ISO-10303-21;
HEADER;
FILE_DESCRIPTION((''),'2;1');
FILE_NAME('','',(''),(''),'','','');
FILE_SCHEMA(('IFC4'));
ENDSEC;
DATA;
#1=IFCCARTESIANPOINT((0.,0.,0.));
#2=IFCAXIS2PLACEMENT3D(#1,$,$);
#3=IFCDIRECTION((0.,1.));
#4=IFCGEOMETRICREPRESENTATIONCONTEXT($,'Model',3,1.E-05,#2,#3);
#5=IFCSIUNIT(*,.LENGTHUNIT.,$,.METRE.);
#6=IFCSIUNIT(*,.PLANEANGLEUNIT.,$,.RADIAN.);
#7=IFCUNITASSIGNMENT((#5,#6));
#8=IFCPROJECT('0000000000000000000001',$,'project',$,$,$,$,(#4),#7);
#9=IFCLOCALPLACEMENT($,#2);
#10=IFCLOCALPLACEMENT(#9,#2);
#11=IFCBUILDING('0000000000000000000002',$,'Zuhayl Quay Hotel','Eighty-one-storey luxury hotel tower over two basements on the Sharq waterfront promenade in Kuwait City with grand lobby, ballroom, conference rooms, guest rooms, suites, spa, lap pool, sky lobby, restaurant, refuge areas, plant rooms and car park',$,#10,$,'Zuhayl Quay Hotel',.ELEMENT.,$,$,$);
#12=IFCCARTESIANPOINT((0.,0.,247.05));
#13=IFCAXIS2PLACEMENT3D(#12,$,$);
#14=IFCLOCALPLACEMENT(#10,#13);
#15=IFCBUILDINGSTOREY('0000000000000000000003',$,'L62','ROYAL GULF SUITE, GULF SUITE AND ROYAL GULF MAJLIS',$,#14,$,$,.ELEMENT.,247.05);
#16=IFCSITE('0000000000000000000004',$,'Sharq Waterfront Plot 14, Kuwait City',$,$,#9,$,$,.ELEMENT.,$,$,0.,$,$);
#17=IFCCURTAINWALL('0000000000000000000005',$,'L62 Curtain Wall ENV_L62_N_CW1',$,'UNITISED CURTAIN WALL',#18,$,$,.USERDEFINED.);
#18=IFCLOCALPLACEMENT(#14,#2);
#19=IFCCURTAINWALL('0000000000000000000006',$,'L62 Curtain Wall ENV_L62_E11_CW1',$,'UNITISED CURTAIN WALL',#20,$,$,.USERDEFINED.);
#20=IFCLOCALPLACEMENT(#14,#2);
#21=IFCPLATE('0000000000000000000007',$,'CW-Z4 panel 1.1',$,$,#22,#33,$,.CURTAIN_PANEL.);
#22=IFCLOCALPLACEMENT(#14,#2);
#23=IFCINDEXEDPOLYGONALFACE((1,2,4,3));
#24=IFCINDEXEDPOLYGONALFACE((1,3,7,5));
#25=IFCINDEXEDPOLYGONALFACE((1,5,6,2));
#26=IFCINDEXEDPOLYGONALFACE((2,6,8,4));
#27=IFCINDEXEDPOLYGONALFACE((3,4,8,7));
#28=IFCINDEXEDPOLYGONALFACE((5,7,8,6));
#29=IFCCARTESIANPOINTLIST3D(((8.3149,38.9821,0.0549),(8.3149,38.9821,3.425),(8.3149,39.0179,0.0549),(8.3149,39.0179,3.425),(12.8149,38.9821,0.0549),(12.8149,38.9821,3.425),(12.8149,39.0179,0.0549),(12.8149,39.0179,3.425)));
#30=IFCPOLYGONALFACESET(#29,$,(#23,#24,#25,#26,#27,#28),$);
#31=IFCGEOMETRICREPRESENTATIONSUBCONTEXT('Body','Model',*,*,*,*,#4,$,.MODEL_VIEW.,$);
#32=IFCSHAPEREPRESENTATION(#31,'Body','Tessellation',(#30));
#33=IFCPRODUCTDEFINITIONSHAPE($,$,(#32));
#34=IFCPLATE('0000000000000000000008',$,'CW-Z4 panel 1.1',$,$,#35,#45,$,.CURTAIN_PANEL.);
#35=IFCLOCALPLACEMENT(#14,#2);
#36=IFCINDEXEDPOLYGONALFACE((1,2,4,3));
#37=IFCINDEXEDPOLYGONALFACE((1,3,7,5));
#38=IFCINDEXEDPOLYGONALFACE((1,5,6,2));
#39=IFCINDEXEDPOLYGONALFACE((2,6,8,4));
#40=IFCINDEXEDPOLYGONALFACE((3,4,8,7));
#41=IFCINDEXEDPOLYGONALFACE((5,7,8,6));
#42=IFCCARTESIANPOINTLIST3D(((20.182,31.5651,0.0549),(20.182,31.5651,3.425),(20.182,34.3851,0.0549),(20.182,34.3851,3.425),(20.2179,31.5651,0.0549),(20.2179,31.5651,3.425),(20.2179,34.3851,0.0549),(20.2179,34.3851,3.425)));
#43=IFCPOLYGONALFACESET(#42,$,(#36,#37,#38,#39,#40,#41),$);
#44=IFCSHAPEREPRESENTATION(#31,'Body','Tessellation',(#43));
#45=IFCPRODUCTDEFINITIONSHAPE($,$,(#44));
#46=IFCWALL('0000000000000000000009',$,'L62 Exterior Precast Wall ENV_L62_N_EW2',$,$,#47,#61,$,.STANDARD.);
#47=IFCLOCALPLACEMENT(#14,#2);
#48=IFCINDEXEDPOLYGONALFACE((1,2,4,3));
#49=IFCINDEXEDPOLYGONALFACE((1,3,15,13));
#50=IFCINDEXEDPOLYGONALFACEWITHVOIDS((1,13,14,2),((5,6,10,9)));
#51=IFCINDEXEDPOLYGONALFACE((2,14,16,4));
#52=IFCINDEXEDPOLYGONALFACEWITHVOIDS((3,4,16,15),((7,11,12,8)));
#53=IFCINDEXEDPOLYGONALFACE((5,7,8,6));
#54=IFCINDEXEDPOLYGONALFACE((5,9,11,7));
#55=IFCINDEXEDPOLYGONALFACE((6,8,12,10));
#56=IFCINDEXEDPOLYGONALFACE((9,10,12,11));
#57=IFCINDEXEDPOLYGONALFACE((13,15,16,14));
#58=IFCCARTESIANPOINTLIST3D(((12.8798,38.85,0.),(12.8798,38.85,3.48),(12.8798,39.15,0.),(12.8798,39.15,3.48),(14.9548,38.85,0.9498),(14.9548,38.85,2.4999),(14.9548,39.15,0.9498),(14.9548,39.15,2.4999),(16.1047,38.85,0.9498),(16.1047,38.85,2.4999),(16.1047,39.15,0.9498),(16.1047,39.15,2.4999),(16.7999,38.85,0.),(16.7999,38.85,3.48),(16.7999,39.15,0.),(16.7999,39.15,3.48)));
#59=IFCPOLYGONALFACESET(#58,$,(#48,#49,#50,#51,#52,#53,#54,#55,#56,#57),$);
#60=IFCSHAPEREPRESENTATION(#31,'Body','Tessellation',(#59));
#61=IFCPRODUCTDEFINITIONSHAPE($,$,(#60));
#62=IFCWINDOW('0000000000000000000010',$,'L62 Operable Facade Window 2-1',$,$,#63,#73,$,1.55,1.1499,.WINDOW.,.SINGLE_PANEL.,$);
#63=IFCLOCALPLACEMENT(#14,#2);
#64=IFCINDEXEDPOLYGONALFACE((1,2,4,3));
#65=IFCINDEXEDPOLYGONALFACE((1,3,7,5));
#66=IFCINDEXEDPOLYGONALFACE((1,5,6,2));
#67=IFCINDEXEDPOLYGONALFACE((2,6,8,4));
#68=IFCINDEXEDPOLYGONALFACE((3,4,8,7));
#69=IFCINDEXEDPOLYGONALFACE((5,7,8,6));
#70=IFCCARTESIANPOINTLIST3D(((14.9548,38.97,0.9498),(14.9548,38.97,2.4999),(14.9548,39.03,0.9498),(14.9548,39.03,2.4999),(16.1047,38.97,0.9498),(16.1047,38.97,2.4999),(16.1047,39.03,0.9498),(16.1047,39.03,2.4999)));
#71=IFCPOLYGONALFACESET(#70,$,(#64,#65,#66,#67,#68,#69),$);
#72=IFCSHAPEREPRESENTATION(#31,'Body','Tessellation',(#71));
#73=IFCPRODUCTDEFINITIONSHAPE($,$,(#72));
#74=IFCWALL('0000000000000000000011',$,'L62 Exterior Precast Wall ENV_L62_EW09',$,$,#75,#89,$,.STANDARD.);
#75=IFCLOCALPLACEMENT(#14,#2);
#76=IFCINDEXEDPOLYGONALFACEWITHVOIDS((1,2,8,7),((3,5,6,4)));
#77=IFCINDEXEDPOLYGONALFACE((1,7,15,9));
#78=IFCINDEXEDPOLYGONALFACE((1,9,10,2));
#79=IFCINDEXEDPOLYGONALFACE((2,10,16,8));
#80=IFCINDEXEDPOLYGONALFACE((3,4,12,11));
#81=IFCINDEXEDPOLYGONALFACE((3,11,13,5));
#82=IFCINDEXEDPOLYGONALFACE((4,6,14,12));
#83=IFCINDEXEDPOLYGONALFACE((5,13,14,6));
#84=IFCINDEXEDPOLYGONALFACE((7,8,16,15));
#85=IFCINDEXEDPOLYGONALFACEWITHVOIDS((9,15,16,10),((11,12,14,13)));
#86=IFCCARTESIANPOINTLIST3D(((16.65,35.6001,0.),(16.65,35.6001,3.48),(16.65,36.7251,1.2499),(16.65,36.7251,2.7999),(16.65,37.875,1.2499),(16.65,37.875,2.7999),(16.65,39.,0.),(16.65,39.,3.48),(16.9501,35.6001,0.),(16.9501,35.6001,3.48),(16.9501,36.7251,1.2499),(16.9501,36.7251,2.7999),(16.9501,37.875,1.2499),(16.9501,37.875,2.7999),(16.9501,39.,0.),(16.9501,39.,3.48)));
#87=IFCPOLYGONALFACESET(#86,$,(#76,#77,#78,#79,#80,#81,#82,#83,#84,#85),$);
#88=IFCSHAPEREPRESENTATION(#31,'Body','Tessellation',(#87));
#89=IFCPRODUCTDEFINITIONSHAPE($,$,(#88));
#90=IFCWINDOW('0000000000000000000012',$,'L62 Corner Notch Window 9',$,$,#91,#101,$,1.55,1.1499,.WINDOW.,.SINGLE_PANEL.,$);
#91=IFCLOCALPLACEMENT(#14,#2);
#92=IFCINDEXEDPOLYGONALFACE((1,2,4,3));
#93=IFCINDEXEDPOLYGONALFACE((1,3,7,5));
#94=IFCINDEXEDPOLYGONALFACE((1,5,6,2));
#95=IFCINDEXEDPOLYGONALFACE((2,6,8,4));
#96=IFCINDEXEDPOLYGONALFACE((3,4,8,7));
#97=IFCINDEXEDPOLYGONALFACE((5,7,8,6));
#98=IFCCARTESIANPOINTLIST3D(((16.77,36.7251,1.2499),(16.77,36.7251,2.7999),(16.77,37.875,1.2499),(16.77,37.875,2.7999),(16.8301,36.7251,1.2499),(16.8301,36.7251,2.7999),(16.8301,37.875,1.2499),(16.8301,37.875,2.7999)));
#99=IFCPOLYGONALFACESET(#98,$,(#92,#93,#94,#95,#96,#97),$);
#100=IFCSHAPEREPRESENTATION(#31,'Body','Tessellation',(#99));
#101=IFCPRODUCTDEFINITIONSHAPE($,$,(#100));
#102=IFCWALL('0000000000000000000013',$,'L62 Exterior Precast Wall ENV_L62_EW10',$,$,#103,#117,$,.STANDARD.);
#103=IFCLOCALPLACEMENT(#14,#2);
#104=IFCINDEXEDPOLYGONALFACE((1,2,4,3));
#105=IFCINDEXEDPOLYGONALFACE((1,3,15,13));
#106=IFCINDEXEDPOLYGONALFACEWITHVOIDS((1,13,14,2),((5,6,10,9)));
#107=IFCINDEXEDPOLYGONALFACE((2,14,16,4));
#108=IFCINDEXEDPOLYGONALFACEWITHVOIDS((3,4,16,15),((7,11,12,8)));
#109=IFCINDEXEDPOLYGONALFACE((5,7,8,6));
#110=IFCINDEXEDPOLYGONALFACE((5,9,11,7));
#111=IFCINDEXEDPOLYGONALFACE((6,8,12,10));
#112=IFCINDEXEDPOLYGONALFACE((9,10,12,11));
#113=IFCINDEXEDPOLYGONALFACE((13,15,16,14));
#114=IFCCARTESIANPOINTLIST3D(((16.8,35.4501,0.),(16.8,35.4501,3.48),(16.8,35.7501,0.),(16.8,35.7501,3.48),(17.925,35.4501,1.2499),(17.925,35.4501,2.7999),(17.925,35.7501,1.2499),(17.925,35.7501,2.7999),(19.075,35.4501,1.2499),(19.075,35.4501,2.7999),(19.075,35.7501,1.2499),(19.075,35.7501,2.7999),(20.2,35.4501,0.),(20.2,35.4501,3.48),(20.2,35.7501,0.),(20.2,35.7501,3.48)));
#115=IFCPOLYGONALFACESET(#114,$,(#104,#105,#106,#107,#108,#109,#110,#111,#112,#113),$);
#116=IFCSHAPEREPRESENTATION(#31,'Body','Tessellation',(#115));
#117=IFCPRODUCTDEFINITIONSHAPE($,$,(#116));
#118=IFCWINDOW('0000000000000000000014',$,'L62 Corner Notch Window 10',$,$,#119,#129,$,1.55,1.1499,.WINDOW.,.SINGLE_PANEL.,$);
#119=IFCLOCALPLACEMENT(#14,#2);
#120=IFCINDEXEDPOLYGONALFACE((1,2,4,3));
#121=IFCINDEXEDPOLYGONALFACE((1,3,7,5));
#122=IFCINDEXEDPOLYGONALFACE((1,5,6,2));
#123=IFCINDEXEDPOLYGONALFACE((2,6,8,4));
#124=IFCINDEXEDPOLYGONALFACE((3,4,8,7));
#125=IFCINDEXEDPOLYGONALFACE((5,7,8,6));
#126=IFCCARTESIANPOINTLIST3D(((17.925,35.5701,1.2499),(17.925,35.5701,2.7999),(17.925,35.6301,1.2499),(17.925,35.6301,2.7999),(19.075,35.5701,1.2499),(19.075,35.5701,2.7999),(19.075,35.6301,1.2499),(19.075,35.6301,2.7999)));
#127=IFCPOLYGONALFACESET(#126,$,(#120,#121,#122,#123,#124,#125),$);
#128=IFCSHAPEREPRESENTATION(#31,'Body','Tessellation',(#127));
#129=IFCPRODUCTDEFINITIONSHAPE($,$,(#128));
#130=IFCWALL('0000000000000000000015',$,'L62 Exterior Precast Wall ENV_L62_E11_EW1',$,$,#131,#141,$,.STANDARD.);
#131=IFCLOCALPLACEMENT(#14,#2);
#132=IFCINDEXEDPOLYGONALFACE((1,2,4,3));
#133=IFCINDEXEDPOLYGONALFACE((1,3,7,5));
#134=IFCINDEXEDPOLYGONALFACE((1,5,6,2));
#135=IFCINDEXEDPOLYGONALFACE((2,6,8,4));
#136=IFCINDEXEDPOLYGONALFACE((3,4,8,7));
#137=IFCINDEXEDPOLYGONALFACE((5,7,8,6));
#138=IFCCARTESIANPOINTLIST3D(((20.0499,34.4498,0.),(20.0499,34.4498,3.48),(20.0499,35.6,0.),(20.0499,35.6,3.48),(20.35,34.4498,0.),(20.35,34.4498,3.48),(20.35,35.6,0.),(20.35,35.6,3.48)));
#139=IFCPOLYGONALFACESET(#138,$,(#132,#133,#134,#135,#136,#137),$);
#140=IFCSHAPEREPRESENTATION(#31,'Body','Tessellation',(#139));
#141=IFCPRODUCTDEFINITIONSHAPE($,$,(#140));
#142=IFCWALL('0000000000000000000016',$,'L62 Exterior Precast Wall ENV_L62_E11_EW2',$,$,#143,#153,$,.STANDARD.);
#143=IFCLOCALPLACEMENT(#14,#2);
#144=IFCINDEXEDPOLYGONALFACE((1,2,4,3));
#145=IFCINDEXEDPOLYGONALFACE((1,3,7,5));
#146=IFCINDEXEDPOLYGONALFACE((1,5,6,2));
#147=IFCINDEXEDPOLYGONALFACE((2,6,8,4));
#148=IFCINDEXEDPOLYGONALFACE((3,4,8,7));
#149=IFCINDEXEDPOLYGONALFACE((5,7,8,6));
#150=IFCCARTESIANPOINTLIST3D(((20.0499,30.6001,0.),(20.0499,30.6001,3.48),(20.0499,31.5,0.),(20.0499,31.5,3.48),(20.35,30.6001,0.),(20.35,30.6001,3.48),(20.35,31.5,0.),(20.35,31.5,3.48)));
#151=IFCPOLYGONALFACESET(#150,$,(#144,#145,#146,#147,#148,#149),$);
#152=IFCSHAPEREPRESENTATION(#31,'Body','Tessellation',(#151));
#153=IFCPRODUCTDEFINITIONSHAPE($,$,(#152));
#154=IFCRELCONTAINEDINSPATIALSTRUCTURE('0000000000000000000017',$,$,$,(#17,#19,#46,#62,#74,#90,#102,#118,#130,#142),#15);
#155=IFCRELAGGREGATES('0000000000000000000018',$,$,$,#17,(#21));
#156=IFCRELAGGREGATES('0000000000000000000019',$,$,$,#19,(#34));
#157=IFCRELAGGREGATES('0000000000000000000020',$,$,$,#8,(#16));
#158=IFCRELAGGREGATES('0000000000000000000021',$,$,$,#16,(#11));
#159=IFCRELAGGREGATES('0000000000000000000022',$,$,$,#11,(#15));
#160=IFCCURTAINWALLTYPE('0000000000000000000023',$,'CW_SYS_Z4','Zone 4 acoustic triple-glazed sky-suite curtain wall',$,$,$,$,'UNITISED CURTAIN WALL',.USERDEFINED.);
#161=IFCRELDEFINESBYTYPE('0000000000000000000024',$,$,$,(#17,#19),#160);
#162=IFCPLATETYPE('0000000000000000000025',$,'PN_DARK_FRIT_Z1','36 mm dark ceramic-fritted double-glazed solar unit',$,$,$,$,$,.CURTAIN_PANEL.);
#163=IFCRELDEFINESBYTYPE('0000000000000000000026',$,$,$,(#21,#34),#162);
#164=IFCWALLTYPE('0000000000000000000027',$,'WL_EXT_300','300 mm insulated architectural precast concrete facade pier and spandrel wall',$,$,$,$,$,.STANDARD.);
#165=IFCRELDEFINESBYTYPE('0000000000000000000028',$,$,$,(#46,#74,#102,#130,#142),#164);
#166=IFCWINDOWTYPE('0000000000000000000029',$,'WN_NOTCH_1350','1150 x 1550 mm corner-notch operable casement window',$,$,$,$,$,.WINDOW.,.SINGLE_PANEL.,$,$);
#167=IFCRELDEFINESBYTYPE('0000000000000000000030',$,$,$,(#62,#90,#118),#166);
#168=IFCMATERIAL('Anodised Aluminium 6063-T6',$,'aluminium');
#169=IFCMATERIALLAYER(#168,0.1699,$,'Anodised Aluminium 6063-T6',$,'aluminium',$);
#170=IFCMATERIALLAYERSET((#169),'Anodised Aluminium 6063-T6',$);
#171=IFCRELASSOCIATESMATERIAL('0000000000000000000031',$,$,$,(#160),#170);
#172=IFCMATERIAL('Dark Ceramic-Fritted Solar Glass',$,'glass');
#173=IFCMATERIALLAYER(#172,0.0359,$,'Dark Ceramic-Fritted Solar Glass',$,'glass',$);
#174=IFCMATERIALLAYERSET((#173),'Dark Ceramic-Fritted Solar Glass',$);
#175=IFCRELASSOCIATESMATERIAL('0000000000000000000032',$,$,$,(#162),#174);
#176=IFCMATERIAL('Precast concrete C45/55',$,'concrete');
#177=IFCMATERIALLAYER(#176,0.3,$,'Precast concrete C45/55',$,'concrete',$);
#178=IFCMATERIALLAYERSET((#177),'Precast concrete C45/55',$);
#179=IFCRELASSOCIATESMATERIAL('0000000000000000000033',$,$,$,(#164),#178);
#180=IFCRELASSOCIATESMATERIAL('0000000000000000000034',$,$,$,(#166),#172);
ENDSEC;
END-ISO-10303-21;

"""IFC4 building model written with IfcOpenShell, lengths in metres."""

from ifc_helpers import new_model, si_unit, direction, frame, frame_2d, origin, origin_2d, place, context, subcontext, project, spatial, rectangle, extrude, material, layer, layer_set, type_object, element, fill, aggregate, save


model = new_model("IFC4")

# Units and contexts
model_context = context("Model", 3, precision=1e-05, world=origin(), true_north=direction((0.0, 1.0)))
body_context = subcontext(model_context, "Body", "Model", "MODEL_VIEW")
ifc_project = project(units=[si_unit("LENGTHUNIT", "METRE"), si_unit("PLANEANGLEUNIT", "RADIAN")], contexts=[model_context])

# Site, building, storey
site_placement = place(None, origin())
site = spatial("IfcSite", under=ifc_project, at=site_placement, Name="Sharq Waterfront Plot 14, Kuwait City", CompositionType="ELEMENT", RefElevation=0.0)
building_placement = place(site_placement, origin())
building = spatial("IfcBuilding", under=site, at=building_placement, Name="Zuhayl Quay Hotel", Description="Eighty-one-storey luxury hotel tower over two basements on the Sharq waterfront promenade in Kuwait City with grand lobby, ballroom, conference rooms, guest rooms, suites, spa, lap pool, sky lobby, restaurant, refuge areas, plant rooms and car park", LongName="Zuhayl Quay Hotel", CompositionType="ELEMENT")
storey_placement = place(building_placement, frame((0.0, 0.0, 247.05)))
storey = spatial("IfcBuildingStorey", under=building, at=storey_placement, Name="L62", Description="ROYAL GULF SUITE, GULF SUITE AND ROYAL GULF MAJLIS", CompositionType="ELEMENT", Elevation=247.05)

# Curtain wall
ifc_material_1 = material(Name="Anodised Aluminium 6063-T6", Category="aluminium")
ifc_layer_1 = layer(ifc_material_1, 0.1699, Name="Anodised Aluminium 6063-T6", Category="aluminium")
ifc_layer_set_1 = layer_set([ifc_layer_1], Name="Anodised Aluminium 6063-T6")
curtain_wall_type = type_object("IfcCurtainWallType", Name="CW_SYS_Z4", Description="Zone 4 acoustic triple-glazed sky-suite curtain wall", ElementType="UNITISED CURTAIN WALL", PredefinedType="USERDEFINED", material=ifc_layer_set_1)
curtain_wall_1_placement = place(storey_placement, origin())
curtain_wall_1 = element("IfcCurtainWall", 1, at=curtain_wall_1_placement, inside=storey, type_object=curtain_wall_type, Name="L62 Curtain Wall ENV_L62_N_CW1", ObjectType="UNITISED CURTAIN WALL", PredefinedType="USERDEFINED")

# Curtain wall
curtain_wall_2_placement = place(storey_placement, origin())
curtain_wall_2 = element("IfcCurtainWall", 2, at=curtain_wall_2_placement, inside=storey, type_object=curtain_wall_type, Name="L62 Curtain Wall ENV_L62_E11_CW1", ObjectType="UNITISED CURTAIN WALL", PredefinedType="USERDEFINED")

# Plates
ifc_material_2 = material(Name="Dark Ceramic-Fritted Solar Glass", Category="glass")
ifc_layer_2 = layer(ifc_material_2, 0.0359, Name="Dark Ceramic-Fritted Solar Glass", Category="glass")
ifc_layer_set_2 = layer_set([ifc_layer_2], Name="Dark Ceramic-Fritted Solar Glass")
plate_type = type_object("IfcPlateType", Name="PN_DARK_FRIT_Z1", Description="36 mm dark ceramic-fritted double-glazed solar unit", PredefinedType="CURTAIN_PANEL", material=ifc_layer_set_2)
plate_1_placement = place(storey_placement, frame((10.5649, 39.0, 0.0549), z_axis=(0.0, 0.0, 1.0), x_axis=(1.0, 0.0, 0.0)))
plate_1 = element("IfcPlate", 3, at=plate_1_placement, type_object=plate_type, Name="CW-Z4 panel 1.1", PredefinedType="CURTAIN_PANEL", context=body_context, shape_type="SweptSolid", body=[
    extrude(rectangle(XDim=4.5, YDim=0.0359, at=origin_2d()), origin(), (0.0, 0.0, 1.0), 3.3701),
])
aggregate(curtain_wall_1, [plate_1])
plate_2_placement = place(storey_placement, frame((20.2, 32.9751, 0.0549), z_axis=(0.0, 0.0, 1.0), x_axis=(0.0, -1.0, 0.0)))
plate_2 = element("IfcPlate", 4, at=plate_2_placement, type_object=plate_type, Name="CW-Z4 panel 1.1", PredefinedType="CURTAIN_PANEL", context=body_context, shape_type="SweptSolid", body=[
    extrude(rectangle(XDim=2.8201, YDim=0.0359, at=origin_2d()), origin(), (0.0, 0.0, 1.0), 3.3701),
])
aggregate(curtain_wall_2, [plate_2])

# Walls, openings, windows
ifc_material_3 = material(Name="Precast concrete C45/55", Category="concrete")
ifc_layer_3 = layer(ifc_material_3, 0.3, Name="Precast concrete C45/55", Category="concrete")
ifc_layer_set_3 = layer_set([ifc_layer_3], Name="Precast concrete C45/55")
wall_type_1 = type_object("IfcWallType", Name="WL_EXT_300", Description="300 mm insulated architectural precast concrete facade pier and spandrel wall", PredefinedType="STANDARD", material=ifc_layer_set_3)
wall_1_placement = place(storey_placement, frame((12.8799, 39.0, 0.0), z_axis=(0.0, 0.0, 1.0), x_axis=(1.0, 0.0, 0.0)))
wall_1 = element("IfcWall", 5, at=wall_1_placement, inside=storey, type_object=wall_type_1, Name="L62 Exterior Precast Wall ENV_L62_N_EW2", PredefinedType="STANDARD", context=body_context, shape_type="SweptSolid", body=[
    extrude(rectangle(XDim=3.9202, YDim=0.3, at=frame_2d((1.96, 0.0))), origin(), (0.0, 0.0, 1.0), 3.48),
])
opening_1_placement = place(wall_1_placement, frame((2.075, 0.0, 0.95)))
opening_1 = element("IfcOpeningElement", 6, at=opening_1_placement, cuts=wall_1, PredefinedType="OPENING", context=body_context, shape_type="SweptSolid", body=[
    extrude(rectangle(XDim=1.1499, YDim=1.55, at=frame_2d((0.575, 0.7749))), frame((0.0, 0.1599, 0.0), z_axis=(0.0, -1.0, 0.0), x_axis=(1.0, 0.0, 0.0)), (0.0, 0.0, 1.0), 0.3201),
])
window_type = type_object("IfcWindowType", Name="WN_NOTCH_1350", Description="1150 x 1550 mm corner-notch operable casement window", PartitioningType="SINGLE_PANEL", PredefinedType="WINDOW", material=ifc_material_2)
window_1_placement = place(opening_1_placement, origin())
window_1 = element("IfcWindow", 7, at=window_1_placement, inside=storey, type_object=window_type, Name="L62 Operable Facade Window 2-1", OverallHeight=1.55, OverallWidth=1.1499, PartitioningType="SINGLE_PANEL", PredefinedType="WINDOW", context=body_context, shape_type="SweptSolid", body=[
    extrude(rectangle(XDim=1.1499, YDim=1.55, at=frame_2d((0.575, 0.7749))), frame((0.0, 0.03, 0.0), z_axis=(0.0, -1.0, 0.0), x_axis=(1.0, 0.0, 0.0)), (0.0, 0.0, 1.0), 0.0601),
])
fill(opening_1, window_1)
wall_2_placement = place(storey_placement, frame((16.8, 39.0, 0.0), z_axis=(0.0, 0.0, 1.0), x_axis=(0.0, -1.0, 0.0)))
wall_2 = element("IfcWall", 8, at=wall_2_placement, inside=storey, type_object=wall_type_1, Name="L62 Exterior Precast Wall ENV_L62_EW09", PredefinedType="STANDARD", context=body_context, shape_type="SweptSolid", body=[
    extrude(rectangle(XDim=3.3999, YDim=0.3, at=frame_2d((1.7, 0.0))), origin(), (0.0, 0.0, 1.0), 3.48),
])
opening_2_placement = place(wall_2_placement, frame((1.125, 0.0, 1.25)))
opening_2 = element("IfcOpeningElement", 9, at=opening_2_placement, cuts=wall_2, PredefinedType="OPENING", context=body_context, shape_type="SweptSolid", body=[
    extrude(rectangle(XDim=1.1499, YDim=1.55, at=frame_2d((0.575, 0.7749))), frame((0.0, 0.1599, 0.0), z_axis=(0.0, -1.0, 0.0), x_axis=(1.0, 0.0, 0.0)), (0.0, 0.0, 1.0), 0.3201),
])
window_2_placement = place(opening_2_placement, origin())
window_2 = element("IfcWindow", 10, at=window_2_placement, inside=storey, type_object=window_type, Name="L62 Corner Notch Window 9", OverallHeight=1.55, OverallWidth=1.1499, PartitioningType="SINGLE_PANEL", PredefinedType="WINDOW", context=body_context, shape_type="SweptSolid", body=[
    extrude(rectangle(XDim=1.1499, YDim=1.55, at=frame_2d((0.575, 0.7749))), frame((0.0, 0.03, 0.0), z_axis=(0.0, -1.0, 0.0), x_axis=(1.0, 0.0, 0.0)), (0.0, 0.0, 1.0), 0.0601),
])
fill(opening_2, window_2)
wall_3_placement = place(storey_placement, frame((16.8, 35.6001, 0.0), z_axis=(0.0, 0.0, 1.0), x_axis=(1.0, 0.0, 0.0)))
wall_3 = element("IfcWall", 11, at=wall_3_placement, inside=storey, type_object=wall_type_1, Name="L62 Exterior Precast Wall ENV_L62_EW10", PredefinedType="STANDARD", context=body_context, shape_type="SweptSolid", body=[
    extrude(rectangle(XDim=3.3999, YDim=0.3, at=frame_2d((1.7, 0.0))), origin(), (0.0, 0.0, 1.0), 3.48),
])
opening_3_placement = place(wall_3_placement, frame((1.125, 0.0, 1.25)))
opening_3 = element("IfcOpeningElement", 12, at=opening_3_placement, cuts=wall_3, PredefinedType="OPENING", context=body_context, shape_type="SweptSolid", body=[
    extrude(rectangle(XDim=1.1499, YDim=1.55, at=frame_2d((0.575, 0.7749))), frame((0.0, 0.1599, 0.0), z_axis=(0.0, -1.0, 0.0), x_axis=(1.0, 0.0, 0.0)), (0.0, 0.0, 1.0), 0.3201),
])
window_3_placement = place(opening_3_placement, origin())
window_3 = element("IfcWindow", 13, at=window_3_placement, inside=storey, type_object=window_type, Name="L62 Corner Notch Window 10", OverallHeight=1.55, OverallWidth=1.1499, PartitioningType="SINGLE_PANEL", PredefinedType="WINDOW", context=body_context, shape_type="SweptSolid", body=[
    extrude(rectangle(XDim=1.1499, YDim=1.55, at=frame_2d((0.575, 0.7749))), frame((0.0, 0.03, 0.0), z_axis=(0.0, -1.0, 0.0), x_axis=(1.0, 0.0, 0.0)), (0.0, 0.0, 1.0), 0.0601),
])
fill(opening_3, window_3)

# Walls
wall_4_placement = place(storey_placement, frame((20.2, 35.6001, 0.0), z_axis=(0.0, 0.0, 1.0), x_axis=(0.0, -1.0, 0.0)))
element("IfcWall", 14, at=wall_4_placement, inside=storey, type_object=wall_type_1, Name="L62 Exterior Precast Wall ENV_L62_E11_EW1", PredefinedType="STANDARD", context=body_context, shape_type="SweptSolid", body=[
    extrude(rectangle(XDim=1.1501, YDim=0.3, at=frame_2d((0.5752, 0.0))), origin(), (0.0, 0.0, 1.0), 3.48),
])
wall_5_placement = place(storey_placement, frame((20.2, 31.5, 0.0), z_axis=(0.0, 0.0, 1.0), x_axis=(0.0, -1.0, 0.0)))
element("IfcWall", 15, at=wall_5_placement, inside=storey, type_object=wall_type_1, Name="L62 Exterior Precast Wall ENV_L62_E11_EW2", PredefinedType="STANDARD", context=body_context, shape_type="SweptSolid", body=[
    extrude(rectangle(XDim=0.8999, YDim=0.3, at=frame_2d((0.45, 0.0))), origin(), (0.0, 0.0, 1.0), 3.48),
])

save(model, "model.ifc")
